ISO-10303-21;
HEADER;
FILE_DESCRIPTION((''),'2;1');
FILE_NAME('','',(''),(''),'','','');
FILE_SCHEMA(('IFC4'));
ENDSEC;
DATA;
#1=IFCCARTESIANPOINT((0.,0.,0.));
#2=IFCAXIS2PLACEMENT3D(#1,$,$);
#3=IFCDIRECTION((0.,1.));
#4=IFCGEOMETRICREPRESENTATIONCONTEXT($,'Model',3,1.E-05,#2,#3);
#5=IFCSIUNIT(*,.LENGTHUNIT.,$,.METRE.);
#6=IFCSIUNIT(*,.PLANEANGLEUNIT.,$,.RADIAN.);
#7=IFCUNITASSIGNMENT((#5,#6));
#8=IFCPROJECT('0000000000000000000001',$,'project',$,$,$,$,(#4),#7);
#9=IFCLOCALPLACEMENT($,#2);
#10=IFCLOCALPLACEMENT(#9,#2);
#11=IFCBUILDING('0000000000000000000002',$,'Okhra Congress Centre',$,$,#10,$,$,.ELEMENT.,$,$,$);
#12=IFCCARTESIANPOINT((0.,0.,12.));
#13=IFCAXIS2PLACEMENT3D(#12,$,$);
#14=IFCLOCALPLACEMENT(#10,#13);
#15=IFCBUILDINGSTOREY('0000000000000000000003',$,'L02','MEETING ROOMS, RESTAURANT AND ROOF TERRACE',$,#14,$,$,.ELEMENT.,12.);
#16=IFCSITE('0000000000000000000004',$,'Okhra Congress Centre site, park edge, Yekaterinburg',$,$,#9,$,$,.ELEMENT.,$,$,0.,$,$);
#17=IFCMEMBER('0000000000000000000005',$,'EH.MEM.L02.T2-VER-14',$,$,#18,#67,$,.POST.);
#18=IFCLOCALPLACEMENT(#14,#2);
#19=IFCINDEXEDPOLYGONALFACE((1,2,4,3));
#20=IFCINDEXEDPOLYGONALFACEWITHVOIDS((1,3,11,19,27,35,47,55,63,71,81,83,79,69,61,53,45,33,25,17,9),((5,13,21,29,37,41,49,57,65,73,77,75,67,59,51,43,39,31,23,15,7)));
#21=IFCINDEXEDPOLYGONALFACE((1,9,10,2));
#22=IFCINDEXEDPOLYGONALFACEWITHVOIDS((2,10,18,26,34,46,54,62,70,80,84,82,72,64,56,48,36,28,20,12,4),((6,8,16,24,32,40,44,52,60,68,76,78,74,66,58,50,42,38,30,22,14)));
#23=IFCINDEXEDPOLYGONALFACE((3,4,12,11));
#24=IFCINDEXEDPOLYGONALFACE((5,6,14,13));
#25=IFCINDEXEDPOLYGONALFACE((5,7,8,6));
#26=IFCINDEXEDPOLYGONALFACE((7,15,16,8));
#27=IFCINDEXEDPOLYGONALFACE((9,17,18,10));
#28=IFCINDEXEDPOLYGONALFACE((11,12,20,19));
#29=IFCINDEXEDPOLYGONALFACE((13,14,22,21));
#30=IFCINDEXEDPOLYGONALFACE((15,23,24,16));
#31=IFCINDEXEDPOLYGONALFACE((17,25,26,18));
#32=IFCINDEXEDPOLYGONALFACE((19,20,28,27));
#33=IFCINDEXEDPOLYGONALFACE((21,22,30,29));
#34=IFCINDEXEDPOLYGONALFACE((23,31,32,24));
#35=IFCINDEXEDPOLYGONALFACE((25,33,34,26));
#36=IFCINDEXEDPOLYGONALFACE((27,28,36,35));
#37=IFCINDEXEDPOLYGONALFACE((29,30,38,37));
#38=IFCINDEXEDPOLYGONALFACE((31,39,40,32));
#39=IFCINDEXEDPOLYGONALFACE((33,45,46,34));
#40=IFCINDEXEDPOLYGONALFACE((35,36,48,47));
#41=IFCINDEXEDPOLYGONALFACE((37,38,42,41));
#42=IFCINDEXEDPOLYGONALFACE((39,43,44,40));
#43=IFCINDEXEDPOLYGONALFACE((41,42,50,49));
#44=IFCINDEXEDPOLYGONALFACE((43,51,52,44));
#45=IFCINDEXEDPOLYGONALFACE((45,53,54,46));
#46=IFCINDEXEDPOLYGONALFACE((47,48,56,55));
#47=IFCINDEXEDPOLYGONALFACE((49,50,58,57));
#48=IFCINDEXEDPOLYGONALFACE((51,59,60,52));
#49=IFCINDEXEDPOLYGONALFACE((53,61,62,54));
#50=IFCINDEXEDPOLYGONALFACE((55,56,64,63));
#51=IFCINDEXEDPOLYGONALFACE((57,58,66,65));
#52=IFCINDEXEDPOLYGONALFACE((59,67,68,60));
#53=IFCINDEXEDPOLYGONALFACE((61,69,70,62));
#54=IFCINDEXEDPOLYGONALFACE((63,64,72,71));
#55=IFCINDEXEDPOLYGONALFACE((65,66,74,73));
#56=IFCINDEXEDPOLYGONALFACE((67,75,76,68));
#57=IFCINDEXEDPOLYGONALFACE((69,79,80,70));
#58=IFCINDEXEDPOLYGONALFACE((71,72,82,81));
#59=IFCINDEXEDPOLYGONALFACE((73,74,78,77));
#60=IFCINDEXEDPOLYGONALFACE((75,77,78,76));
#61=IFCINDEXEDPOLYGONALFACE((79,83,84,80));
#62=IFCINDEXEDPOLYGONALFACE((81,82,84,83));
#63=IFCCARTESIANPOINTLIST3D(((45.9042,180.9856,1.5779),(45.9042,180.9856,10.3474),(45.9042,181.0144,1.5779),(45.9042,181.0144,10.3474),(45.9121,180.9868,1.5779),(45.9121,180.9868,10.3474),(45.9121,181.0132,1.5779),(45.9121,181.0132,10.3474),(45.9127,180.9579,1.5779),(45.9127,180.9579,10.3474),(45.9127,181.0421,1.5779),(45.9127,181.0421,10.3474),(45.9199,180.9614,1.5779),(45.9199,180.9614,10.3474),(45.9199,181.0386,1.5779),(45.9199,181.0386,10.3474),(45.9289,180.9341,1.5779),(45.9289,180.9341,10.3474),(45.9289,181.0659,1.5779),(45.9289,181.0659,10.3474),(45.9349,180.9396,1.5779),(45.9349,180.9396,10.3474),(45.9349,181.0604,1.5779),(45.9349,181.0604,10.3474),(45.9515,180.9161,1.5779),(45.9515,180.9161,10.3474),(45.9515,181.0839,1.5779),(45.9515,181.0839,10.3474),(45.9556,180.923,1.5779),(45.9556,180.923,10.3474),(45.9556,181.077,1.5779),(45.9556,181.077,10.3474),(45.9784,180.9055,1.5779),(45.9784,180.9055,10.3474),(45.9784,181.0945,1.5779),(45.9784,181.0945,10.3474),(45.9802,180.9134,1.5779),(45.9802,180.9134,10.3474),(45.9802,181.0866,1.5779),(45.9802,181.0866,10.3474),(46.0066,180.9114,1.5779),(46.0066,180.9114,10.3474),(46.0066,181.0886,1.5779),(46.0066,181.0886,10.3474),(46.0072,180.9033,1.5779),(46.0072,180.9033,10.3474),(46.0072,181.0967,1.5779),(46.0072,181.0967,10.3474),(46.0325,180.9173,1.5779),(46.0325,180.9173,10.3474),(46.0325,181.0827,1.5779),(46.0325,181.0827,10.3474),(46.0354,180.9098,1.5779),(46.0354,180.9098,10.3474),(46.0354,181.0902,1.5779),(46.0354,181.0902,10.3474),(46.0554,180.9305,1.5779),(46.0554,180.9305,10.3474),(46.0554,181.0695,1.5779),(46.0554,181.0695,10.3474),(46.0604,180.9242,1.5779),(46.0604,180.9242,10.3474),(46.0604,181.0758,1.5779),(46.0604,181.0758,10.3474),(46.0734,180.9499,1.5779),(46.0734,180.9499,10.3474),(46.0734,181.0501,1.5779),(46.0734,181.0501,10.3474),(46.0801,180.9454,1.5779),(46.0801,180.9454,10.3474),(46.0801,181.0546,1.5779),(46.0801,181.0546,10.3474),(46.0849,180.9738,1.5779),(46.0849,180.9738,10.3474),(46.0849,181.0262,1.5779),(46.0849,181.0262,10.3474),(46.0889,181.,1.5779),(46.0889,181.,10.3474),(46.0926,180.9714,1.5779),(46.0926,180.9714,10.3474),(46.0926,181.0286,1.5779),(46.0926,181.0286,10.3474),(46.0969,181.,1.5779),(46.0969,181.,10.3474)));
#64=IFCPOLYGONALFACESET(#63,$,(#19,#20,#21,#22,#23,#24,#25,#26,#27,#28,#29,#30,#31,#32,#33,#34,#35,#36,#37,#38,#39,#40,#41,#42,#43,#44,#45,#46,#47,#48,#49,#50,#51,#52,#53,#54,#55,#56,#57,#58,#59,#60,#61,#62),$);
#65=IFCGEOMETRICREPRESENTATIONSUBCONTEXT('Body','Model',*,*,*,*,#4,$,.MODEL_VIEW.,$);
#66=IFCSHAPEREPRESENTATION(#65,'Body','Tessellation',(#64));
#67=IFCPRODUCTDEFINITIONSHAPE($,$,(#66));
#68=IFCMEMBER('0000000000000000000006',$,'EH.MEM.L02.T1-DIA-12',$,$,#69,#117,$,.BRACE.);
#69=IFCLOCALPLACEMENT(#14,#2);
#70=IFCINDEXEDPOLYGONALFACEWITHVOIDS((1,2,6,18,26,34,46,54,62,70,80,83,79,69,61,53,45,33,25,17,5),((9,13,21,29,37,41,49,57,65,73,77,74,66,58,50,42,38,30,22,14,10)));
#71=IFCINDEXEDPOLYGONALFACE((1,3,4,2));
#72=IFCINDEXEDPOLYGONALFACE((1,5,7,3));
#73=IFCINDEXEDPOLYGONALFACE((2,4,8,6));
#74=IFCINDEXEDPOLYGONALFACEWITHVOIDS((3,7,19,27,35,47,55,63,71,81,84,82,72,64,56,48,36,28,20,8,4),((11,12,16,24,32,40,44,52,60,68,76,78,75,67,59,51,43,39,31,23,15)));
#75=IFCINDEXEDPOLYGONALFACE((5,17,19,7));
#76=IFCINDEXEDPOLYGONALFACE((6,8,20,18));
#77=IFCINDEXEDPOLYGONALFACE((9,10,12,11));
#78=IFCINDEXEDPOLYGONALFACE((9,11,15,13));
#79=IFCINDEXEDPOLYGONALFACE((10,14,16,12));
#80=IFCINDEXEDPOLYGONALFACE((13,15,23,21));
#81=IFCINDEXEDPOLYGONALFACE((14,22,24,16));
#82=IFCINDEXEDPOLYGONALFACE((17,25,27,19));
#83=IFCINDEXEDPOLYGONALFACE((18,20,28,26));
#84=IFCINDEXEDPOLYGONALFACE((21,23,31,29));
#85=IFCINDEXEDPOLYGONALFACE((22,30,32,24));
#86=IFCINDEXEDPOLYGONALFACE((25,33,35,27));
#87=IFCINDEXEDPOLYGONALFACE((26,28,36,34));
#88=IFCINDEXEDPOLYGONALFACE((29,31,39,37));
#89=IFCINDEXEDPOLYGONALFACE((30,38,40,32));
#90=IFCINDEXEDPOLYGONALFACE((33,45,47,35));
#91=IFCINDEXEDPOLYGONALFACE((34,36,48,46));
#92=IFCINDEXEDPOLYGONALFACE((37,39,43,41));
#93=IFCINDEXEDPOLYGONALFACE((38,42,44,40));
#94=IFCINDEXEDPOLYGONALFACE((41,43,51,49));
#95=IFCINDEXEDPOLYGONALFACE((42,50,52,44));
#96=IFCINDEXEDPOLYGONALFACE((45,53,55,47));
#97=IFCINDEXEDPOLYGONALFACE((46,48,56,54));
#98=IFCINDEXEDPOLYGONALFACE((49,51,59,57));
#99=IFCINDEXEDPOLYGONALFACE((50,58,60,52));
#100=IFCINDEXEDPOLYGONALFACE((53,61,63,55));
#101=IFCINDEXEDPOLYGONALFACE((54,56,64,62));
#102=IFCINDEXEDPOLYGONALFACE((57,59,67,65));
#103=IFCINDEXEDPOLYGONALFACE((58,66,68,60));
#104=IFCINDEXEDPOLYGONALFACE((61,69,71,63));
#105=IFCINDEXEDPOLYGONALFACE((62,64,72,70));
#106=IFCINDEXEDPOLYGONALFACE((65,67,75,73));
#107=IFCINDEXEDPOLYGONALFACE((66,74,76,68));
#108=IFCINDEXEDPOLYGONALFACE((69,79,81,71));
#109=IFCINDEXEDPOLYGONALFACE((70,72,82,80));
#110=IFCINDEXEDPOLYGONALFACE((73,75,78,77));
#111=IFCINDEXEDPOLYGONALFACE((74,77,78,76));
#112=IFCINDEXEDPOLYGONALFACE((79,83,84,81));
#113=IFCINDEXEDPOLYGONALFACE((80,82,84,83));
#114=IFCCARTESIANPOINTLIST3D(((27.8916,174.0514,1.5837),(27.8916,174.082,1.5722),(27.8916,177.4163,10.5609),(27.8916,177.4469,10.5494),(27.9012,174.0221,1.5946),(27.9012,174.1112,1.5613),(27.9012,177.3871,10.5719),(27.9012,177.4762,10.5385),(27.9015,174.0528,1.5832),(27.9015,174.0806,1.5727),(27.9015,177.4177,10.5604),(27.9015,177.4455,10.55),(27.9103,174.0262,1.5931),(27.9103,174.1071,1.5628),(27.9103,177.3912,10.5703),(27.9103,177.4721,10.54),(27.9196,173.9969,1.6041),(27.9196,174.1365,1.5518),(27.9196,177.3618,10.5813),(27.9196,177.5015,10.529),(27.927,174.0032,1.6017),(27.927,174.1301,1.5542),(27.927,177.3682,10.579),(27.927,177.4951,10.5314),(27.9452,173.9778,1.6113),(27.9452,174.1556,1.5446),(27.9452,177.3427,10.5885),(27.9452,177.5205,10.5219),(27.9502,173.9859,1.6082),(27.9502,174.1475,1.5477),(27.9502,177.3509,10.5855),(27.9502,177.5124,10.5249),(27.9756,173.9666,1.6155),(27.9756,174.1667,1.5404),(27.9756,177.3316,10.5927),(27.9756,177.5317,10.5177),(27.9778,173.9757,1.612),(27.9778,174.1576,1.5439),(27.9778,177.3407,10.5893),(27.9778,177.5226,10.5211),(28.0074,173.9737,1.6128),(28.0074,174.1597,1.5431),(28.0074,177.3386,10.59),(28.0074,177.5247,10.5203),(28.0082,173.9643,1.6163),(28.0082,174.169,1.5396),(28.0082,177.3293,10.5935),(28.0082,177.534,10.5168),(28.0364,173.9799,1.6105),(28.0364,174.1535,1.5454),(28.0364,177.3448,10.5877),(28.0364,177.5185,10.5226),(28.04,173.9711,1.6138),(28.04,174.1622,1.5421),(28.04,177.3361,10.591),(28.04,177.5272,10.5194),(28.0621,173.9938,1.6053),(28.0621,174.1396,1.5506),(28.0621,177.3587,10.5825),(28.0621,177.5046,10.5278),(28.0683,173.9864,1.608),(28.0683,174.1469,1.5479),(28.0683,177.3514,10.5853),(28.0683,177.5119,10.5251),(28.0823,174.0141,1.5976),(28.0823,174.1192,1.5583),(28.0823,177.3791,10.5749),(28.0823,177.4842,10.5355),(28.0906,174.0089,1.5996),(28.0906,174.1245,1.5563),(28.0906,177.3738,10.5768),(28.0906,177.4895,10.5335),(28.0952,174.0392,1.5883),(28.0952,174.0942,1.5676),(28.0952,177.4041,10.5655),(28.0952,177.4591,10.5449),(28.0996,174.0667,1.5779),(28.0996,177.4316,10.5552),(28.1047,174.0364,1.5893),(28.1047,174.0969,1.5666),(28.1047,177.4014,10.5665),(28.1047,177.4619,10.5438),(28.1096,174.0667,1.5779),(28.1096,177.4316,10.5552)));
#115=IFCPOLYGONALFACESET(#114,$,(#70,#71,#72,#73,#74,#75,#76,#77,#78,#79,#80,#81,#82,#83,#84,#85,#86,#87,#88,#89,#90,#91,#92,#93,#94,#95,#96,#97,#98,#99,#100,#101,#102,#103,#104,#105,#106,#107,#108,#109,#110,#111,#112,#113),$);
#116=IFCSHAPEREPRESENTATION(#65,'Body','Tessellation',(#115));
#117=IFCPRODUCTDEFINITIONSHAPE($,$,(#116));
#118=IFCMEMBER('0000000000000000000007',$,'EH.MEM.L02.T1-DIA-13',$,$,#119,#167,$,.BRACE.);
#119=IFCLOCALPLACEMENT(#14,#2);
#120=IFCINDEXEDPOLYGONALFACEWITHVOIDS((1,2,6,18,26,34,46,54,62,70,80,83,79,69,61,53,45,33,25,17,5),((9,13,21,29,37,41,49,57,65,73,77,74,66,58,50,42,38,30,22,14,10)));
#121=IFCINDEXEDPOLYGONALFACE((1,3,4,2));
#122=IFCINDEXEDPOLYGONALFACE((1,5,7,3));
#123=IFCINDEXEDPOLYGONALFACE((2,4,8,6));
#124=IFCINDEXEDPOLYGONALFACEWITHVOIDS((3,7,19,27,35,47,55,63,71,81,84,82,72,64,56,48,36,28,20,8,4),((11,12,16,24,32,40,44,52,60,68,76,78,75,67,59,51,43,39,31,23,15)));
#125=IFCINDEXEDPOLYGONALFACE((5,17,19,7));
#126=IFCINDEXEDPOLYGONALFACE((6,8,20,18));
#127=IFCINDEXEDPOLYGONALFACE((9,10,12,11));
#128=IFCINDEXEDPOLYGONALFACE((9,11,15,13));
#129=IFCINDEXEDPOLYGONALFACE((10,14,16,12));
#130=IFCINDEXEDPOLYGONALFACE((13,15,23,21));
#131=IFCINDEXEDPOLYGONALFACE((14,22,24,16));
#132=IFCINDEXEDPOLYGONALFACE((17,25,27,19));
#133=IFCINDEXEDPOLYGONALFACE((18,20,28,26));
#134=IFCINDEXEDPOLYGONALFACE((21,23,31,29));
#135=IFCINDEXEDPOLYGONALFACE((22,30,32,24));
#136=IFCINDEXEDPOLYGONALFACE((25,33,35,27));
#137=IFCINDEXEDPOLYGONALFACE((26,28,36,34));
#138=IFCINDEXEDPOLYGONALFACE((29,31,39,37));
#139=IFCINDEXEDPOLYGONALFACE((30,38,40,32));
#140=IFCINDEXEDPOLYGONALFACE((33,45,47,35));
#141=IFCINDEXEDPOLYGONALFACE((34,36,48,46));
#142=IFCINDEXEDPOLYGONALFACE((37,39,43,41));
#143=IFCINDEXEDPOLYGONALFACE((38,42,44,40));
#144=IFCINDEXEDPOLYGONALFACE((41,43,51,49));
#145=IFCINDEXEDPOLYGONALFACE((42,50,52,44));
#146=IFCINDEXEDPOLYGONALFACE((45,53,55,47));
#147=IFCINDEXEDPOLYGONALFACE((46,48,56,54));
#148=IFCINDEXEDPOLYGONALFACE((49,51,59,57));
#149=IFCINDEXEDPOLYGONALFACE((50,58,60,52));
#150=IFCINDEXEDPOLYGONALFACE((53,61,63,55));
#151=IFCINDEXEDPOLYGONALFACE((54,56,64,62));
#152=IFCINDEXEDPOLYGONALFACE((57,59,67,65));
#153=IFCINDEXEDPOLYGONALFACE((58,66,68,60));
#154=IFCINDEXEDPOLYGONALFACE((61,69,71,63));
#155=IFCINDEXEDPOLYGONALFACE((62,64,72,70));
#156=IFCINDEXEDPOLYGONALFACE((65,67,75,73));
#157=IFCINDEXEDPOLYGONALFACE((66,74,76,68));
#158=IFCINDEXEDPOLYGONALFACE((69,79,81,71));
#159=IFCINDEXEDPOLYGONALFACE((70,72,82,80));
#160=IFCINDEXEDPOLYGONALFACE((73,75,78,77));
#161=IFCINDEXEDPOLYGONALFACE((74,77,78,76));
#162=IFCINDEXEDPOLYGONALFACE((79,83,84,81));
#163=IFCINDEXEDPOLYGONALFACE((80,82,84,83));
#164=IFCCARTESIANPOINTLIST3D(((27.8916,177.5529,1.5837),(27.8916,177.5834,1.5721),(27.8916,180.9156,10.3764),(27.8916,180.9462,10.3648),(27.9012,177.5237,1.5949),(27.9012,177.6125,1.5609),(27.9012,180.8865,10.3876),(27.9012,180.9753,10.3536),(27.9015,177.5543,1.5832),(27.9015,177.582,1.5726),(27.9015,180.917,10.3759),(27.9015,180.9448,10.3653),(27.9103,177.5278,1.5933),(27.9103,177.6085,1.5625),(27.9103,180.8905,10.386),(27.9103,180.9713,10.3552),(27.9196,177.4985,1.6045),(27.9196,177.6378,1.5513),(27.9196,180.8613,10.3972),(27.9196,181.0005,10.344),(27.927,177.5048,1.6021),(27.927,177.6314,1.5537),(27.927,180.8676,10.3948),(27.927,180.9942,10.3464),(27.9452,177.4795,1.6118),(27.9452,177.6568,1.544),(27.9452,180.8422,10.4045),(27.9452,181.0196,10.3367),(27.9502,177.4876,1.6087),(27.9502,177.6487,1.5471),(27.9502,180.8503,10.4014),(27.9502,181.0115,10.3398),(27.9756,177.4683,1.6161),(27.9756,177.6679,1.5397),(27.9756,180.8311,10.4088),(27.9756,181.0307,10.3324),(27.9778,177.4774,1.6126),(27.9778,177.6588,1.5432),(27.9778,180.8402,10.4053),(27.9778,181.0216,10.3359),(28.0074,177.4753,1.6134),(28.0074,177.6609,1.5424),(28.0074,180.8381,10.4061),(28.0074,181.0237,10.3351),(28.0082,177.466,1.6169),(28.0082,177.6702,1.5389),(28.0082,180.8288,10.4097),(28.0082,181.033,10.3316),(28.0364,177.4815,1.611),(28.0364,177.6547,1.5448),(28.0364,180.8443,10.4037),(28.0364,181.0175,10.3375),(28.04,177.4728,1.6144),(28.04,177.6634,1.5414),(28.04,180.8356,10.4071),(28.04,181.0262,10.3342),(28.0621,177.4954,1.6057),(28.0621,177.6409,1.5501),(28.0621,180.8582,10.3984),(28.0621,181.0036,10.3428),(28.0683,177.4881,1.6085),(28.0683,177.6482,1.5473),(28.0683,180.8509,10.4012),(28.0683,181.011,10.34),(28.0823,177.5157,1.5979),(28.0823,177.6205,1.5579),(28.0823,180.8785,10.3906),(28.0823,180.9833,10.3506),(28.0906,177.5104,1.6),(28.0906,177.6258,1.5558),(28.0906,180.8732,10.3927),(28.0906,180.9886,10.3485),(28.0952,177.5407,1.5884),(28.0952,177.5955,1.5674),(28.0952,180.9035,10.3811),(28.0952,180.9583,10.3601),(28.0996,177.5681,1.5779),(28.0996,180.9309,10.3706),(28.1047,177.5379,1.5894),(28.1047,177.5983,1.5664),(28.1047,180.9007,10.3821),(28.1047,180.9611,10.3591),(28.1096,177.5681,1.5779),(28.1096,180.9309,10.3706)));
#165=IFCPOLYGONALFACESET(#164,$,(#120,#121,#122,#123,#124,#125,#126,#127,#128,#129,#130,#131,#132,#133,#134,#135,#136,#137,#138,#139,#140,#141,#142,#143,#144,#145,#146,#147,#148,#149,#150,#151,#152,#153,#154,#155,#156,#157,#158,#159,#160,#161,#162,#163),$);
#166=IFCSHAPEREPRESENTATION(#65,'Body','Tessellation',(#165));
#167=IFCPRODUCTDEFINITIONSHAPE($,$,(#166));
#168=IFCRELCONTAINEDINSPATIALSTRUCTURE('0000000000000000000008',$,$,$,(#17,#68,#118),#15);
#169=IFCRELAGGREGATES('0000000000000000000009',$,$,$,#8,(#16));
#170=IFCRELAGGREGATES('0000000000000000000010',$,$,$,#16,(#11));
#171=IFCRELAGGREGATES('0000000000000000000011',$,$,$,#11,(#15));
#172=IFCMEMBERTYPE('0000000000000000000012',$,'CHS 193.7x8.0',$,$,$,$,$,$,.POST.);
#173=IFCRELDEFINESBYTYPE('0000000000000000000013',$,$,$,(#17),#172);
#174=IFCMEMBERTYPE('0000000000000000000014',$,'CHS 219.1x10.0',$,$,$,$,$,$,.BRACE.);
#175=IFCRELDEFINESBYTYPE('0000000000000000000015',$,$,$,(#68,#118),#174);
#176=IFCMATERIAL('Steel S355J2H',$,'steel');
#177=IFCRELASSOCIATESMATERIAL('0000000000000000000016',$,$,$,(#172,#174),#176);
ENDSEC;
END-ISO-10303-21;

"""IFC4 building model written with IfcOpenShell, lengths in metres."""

from ifc_helpers import new_model, si_unit, direction, frame, origin, origin_2d, place, context, subcontext, project, spatial, hollow_circle, extrude, material, material_profile, profile_set, type_object, element, save


model = new_model("IFC4")

# Units and contexts
model_context = context("Model", 3, precision=1e-05, world=origin(), true_north=direction((0.0, 1.0)))
body_context = subcontext(model_context, "Body", "Model", "MODEL_VIEW")
ifc_project = project(units=[si_unit("LENGTHUNIT", "METRE"), si_unit("PLANEANGLEUNIT", "RADIAN")], contexts=[model_context])

# Site, building, storey
site_placement = place(None, origin())
site = spatial("IfcSite", under=ifc_project, at=site_placement, Name="Okhra Congress Centre site, park edge, Yekaterinburg", CompositionType="ELEMENT", RefElevation=0.0)
building_placement = place(site_placement, origin())
building = spatial("IfcBuilding", under=site, at=building_placement, Name="Okhra Congress Centre", CompositionType="ELEMENT")
storey_placement = place(building_placement, frame((0.0, 0.0, 12.0)))
storey = spatial("IfcBuildingStorey", under=building, at=storey_placement, Name="L02", Description="MEETING ROOMS, RESTAURANT AND ROOF TERRACE", CompositionType="ELEMENT", Elevation=12.0)

# Members
ifc_material_1 = material(Name="Steel S355J2H", Category="steel")
ifc_material_profile_1 = material_profile(ifc_material_1, hollow_circle(Radius=0.0969, WallThickness=0.0081, at=origin_2d()), Name="CHS 193.7x8.0")
ifc_profile_set_1 = profile_set([ifc_material_profile_1], Name="Steel S355J2H")
member_type_1 = type_object("IfcMemberType", Name="CHS 193.7x8.0", PredefinedType="POST", material=ifc_profile_set_1)
member_1_placement = place(storey_placement, frame((46.0, 181.0, 1.5779), z_axis=(0.0, 0.0, 1.0), x_axis=(1.0, 0.0, 0.0)))
element("IfcMember", 1, at=member_1_placement, inside=storey, type_object=member_type_1, Name="EH.MEM.L02.T2-VER-14", PredefinedType="POST", context=body_context, shape_type="SweptSolid", body=[
    extrude(hollow_circle(Radius=0.0969, WallThickness=0.0081, at=origin_2d()), origin(), (0.0, 0.0, 1.0), 8.7695),
])
ifc_material_profile_2 = material_profile(ifc_material_1, hollow_circle(Radius=0.1096, WallThickness=0.01, at=origin_2d()), Name="CHS 219.1x10.0")
ifc_profile_set_2 = profile_set([ifc_material_profile_2], Name="Steel S355J2H")
member_type_2 = type_object("IfcMemberType", Name="CHS 219.1x10.0", PredefinedType="BRACE", material=ifc_profile_set_2)
member_2_placement = place(storey_placement, frame((28.0, 177.4316, 10.5552), z_axis=(0.0, -0.350987, -0.93638), x_axis=(1.0, 0.0, 0.0)))
element("IfcMember", 2, at=member_2_placement, inside=storey, type_object=member_type_2, Name="EH.MEM.L02.T1-DIA-12", PredefinedType="BRACE", context=body_context, shape_type="SweptSolid", body=[
    extrude(hollow_circle(Radius=0.1096, WallThickness=0.01, at=origin_2d()), origin(), (0.0, 0.0, 1.0), 9.5872),
])
member_3_placement = place(storey_placement, frame((28.0, 180.9309, 10.3706), z_axis=(0.0, -0.357218, -0.934021), x_axis=(1.0, 0.0, 0.0)))
element("IfcMember", 3, at=member_3_placement, inside=storey, type_object=member_type_2, Name="EH.MEM.L02.T1-DIA-13", PredefinedType="BRACE", context=body_context, shape_type="SweptSolid", body=[
    extrude(hollow_circle(Radius=0.1096, WallThickness=0.01, at=origin_2d()), origin(), (0.0, 0.0, 1.0), 9.4138),
])

save(model, "model.ifc")
